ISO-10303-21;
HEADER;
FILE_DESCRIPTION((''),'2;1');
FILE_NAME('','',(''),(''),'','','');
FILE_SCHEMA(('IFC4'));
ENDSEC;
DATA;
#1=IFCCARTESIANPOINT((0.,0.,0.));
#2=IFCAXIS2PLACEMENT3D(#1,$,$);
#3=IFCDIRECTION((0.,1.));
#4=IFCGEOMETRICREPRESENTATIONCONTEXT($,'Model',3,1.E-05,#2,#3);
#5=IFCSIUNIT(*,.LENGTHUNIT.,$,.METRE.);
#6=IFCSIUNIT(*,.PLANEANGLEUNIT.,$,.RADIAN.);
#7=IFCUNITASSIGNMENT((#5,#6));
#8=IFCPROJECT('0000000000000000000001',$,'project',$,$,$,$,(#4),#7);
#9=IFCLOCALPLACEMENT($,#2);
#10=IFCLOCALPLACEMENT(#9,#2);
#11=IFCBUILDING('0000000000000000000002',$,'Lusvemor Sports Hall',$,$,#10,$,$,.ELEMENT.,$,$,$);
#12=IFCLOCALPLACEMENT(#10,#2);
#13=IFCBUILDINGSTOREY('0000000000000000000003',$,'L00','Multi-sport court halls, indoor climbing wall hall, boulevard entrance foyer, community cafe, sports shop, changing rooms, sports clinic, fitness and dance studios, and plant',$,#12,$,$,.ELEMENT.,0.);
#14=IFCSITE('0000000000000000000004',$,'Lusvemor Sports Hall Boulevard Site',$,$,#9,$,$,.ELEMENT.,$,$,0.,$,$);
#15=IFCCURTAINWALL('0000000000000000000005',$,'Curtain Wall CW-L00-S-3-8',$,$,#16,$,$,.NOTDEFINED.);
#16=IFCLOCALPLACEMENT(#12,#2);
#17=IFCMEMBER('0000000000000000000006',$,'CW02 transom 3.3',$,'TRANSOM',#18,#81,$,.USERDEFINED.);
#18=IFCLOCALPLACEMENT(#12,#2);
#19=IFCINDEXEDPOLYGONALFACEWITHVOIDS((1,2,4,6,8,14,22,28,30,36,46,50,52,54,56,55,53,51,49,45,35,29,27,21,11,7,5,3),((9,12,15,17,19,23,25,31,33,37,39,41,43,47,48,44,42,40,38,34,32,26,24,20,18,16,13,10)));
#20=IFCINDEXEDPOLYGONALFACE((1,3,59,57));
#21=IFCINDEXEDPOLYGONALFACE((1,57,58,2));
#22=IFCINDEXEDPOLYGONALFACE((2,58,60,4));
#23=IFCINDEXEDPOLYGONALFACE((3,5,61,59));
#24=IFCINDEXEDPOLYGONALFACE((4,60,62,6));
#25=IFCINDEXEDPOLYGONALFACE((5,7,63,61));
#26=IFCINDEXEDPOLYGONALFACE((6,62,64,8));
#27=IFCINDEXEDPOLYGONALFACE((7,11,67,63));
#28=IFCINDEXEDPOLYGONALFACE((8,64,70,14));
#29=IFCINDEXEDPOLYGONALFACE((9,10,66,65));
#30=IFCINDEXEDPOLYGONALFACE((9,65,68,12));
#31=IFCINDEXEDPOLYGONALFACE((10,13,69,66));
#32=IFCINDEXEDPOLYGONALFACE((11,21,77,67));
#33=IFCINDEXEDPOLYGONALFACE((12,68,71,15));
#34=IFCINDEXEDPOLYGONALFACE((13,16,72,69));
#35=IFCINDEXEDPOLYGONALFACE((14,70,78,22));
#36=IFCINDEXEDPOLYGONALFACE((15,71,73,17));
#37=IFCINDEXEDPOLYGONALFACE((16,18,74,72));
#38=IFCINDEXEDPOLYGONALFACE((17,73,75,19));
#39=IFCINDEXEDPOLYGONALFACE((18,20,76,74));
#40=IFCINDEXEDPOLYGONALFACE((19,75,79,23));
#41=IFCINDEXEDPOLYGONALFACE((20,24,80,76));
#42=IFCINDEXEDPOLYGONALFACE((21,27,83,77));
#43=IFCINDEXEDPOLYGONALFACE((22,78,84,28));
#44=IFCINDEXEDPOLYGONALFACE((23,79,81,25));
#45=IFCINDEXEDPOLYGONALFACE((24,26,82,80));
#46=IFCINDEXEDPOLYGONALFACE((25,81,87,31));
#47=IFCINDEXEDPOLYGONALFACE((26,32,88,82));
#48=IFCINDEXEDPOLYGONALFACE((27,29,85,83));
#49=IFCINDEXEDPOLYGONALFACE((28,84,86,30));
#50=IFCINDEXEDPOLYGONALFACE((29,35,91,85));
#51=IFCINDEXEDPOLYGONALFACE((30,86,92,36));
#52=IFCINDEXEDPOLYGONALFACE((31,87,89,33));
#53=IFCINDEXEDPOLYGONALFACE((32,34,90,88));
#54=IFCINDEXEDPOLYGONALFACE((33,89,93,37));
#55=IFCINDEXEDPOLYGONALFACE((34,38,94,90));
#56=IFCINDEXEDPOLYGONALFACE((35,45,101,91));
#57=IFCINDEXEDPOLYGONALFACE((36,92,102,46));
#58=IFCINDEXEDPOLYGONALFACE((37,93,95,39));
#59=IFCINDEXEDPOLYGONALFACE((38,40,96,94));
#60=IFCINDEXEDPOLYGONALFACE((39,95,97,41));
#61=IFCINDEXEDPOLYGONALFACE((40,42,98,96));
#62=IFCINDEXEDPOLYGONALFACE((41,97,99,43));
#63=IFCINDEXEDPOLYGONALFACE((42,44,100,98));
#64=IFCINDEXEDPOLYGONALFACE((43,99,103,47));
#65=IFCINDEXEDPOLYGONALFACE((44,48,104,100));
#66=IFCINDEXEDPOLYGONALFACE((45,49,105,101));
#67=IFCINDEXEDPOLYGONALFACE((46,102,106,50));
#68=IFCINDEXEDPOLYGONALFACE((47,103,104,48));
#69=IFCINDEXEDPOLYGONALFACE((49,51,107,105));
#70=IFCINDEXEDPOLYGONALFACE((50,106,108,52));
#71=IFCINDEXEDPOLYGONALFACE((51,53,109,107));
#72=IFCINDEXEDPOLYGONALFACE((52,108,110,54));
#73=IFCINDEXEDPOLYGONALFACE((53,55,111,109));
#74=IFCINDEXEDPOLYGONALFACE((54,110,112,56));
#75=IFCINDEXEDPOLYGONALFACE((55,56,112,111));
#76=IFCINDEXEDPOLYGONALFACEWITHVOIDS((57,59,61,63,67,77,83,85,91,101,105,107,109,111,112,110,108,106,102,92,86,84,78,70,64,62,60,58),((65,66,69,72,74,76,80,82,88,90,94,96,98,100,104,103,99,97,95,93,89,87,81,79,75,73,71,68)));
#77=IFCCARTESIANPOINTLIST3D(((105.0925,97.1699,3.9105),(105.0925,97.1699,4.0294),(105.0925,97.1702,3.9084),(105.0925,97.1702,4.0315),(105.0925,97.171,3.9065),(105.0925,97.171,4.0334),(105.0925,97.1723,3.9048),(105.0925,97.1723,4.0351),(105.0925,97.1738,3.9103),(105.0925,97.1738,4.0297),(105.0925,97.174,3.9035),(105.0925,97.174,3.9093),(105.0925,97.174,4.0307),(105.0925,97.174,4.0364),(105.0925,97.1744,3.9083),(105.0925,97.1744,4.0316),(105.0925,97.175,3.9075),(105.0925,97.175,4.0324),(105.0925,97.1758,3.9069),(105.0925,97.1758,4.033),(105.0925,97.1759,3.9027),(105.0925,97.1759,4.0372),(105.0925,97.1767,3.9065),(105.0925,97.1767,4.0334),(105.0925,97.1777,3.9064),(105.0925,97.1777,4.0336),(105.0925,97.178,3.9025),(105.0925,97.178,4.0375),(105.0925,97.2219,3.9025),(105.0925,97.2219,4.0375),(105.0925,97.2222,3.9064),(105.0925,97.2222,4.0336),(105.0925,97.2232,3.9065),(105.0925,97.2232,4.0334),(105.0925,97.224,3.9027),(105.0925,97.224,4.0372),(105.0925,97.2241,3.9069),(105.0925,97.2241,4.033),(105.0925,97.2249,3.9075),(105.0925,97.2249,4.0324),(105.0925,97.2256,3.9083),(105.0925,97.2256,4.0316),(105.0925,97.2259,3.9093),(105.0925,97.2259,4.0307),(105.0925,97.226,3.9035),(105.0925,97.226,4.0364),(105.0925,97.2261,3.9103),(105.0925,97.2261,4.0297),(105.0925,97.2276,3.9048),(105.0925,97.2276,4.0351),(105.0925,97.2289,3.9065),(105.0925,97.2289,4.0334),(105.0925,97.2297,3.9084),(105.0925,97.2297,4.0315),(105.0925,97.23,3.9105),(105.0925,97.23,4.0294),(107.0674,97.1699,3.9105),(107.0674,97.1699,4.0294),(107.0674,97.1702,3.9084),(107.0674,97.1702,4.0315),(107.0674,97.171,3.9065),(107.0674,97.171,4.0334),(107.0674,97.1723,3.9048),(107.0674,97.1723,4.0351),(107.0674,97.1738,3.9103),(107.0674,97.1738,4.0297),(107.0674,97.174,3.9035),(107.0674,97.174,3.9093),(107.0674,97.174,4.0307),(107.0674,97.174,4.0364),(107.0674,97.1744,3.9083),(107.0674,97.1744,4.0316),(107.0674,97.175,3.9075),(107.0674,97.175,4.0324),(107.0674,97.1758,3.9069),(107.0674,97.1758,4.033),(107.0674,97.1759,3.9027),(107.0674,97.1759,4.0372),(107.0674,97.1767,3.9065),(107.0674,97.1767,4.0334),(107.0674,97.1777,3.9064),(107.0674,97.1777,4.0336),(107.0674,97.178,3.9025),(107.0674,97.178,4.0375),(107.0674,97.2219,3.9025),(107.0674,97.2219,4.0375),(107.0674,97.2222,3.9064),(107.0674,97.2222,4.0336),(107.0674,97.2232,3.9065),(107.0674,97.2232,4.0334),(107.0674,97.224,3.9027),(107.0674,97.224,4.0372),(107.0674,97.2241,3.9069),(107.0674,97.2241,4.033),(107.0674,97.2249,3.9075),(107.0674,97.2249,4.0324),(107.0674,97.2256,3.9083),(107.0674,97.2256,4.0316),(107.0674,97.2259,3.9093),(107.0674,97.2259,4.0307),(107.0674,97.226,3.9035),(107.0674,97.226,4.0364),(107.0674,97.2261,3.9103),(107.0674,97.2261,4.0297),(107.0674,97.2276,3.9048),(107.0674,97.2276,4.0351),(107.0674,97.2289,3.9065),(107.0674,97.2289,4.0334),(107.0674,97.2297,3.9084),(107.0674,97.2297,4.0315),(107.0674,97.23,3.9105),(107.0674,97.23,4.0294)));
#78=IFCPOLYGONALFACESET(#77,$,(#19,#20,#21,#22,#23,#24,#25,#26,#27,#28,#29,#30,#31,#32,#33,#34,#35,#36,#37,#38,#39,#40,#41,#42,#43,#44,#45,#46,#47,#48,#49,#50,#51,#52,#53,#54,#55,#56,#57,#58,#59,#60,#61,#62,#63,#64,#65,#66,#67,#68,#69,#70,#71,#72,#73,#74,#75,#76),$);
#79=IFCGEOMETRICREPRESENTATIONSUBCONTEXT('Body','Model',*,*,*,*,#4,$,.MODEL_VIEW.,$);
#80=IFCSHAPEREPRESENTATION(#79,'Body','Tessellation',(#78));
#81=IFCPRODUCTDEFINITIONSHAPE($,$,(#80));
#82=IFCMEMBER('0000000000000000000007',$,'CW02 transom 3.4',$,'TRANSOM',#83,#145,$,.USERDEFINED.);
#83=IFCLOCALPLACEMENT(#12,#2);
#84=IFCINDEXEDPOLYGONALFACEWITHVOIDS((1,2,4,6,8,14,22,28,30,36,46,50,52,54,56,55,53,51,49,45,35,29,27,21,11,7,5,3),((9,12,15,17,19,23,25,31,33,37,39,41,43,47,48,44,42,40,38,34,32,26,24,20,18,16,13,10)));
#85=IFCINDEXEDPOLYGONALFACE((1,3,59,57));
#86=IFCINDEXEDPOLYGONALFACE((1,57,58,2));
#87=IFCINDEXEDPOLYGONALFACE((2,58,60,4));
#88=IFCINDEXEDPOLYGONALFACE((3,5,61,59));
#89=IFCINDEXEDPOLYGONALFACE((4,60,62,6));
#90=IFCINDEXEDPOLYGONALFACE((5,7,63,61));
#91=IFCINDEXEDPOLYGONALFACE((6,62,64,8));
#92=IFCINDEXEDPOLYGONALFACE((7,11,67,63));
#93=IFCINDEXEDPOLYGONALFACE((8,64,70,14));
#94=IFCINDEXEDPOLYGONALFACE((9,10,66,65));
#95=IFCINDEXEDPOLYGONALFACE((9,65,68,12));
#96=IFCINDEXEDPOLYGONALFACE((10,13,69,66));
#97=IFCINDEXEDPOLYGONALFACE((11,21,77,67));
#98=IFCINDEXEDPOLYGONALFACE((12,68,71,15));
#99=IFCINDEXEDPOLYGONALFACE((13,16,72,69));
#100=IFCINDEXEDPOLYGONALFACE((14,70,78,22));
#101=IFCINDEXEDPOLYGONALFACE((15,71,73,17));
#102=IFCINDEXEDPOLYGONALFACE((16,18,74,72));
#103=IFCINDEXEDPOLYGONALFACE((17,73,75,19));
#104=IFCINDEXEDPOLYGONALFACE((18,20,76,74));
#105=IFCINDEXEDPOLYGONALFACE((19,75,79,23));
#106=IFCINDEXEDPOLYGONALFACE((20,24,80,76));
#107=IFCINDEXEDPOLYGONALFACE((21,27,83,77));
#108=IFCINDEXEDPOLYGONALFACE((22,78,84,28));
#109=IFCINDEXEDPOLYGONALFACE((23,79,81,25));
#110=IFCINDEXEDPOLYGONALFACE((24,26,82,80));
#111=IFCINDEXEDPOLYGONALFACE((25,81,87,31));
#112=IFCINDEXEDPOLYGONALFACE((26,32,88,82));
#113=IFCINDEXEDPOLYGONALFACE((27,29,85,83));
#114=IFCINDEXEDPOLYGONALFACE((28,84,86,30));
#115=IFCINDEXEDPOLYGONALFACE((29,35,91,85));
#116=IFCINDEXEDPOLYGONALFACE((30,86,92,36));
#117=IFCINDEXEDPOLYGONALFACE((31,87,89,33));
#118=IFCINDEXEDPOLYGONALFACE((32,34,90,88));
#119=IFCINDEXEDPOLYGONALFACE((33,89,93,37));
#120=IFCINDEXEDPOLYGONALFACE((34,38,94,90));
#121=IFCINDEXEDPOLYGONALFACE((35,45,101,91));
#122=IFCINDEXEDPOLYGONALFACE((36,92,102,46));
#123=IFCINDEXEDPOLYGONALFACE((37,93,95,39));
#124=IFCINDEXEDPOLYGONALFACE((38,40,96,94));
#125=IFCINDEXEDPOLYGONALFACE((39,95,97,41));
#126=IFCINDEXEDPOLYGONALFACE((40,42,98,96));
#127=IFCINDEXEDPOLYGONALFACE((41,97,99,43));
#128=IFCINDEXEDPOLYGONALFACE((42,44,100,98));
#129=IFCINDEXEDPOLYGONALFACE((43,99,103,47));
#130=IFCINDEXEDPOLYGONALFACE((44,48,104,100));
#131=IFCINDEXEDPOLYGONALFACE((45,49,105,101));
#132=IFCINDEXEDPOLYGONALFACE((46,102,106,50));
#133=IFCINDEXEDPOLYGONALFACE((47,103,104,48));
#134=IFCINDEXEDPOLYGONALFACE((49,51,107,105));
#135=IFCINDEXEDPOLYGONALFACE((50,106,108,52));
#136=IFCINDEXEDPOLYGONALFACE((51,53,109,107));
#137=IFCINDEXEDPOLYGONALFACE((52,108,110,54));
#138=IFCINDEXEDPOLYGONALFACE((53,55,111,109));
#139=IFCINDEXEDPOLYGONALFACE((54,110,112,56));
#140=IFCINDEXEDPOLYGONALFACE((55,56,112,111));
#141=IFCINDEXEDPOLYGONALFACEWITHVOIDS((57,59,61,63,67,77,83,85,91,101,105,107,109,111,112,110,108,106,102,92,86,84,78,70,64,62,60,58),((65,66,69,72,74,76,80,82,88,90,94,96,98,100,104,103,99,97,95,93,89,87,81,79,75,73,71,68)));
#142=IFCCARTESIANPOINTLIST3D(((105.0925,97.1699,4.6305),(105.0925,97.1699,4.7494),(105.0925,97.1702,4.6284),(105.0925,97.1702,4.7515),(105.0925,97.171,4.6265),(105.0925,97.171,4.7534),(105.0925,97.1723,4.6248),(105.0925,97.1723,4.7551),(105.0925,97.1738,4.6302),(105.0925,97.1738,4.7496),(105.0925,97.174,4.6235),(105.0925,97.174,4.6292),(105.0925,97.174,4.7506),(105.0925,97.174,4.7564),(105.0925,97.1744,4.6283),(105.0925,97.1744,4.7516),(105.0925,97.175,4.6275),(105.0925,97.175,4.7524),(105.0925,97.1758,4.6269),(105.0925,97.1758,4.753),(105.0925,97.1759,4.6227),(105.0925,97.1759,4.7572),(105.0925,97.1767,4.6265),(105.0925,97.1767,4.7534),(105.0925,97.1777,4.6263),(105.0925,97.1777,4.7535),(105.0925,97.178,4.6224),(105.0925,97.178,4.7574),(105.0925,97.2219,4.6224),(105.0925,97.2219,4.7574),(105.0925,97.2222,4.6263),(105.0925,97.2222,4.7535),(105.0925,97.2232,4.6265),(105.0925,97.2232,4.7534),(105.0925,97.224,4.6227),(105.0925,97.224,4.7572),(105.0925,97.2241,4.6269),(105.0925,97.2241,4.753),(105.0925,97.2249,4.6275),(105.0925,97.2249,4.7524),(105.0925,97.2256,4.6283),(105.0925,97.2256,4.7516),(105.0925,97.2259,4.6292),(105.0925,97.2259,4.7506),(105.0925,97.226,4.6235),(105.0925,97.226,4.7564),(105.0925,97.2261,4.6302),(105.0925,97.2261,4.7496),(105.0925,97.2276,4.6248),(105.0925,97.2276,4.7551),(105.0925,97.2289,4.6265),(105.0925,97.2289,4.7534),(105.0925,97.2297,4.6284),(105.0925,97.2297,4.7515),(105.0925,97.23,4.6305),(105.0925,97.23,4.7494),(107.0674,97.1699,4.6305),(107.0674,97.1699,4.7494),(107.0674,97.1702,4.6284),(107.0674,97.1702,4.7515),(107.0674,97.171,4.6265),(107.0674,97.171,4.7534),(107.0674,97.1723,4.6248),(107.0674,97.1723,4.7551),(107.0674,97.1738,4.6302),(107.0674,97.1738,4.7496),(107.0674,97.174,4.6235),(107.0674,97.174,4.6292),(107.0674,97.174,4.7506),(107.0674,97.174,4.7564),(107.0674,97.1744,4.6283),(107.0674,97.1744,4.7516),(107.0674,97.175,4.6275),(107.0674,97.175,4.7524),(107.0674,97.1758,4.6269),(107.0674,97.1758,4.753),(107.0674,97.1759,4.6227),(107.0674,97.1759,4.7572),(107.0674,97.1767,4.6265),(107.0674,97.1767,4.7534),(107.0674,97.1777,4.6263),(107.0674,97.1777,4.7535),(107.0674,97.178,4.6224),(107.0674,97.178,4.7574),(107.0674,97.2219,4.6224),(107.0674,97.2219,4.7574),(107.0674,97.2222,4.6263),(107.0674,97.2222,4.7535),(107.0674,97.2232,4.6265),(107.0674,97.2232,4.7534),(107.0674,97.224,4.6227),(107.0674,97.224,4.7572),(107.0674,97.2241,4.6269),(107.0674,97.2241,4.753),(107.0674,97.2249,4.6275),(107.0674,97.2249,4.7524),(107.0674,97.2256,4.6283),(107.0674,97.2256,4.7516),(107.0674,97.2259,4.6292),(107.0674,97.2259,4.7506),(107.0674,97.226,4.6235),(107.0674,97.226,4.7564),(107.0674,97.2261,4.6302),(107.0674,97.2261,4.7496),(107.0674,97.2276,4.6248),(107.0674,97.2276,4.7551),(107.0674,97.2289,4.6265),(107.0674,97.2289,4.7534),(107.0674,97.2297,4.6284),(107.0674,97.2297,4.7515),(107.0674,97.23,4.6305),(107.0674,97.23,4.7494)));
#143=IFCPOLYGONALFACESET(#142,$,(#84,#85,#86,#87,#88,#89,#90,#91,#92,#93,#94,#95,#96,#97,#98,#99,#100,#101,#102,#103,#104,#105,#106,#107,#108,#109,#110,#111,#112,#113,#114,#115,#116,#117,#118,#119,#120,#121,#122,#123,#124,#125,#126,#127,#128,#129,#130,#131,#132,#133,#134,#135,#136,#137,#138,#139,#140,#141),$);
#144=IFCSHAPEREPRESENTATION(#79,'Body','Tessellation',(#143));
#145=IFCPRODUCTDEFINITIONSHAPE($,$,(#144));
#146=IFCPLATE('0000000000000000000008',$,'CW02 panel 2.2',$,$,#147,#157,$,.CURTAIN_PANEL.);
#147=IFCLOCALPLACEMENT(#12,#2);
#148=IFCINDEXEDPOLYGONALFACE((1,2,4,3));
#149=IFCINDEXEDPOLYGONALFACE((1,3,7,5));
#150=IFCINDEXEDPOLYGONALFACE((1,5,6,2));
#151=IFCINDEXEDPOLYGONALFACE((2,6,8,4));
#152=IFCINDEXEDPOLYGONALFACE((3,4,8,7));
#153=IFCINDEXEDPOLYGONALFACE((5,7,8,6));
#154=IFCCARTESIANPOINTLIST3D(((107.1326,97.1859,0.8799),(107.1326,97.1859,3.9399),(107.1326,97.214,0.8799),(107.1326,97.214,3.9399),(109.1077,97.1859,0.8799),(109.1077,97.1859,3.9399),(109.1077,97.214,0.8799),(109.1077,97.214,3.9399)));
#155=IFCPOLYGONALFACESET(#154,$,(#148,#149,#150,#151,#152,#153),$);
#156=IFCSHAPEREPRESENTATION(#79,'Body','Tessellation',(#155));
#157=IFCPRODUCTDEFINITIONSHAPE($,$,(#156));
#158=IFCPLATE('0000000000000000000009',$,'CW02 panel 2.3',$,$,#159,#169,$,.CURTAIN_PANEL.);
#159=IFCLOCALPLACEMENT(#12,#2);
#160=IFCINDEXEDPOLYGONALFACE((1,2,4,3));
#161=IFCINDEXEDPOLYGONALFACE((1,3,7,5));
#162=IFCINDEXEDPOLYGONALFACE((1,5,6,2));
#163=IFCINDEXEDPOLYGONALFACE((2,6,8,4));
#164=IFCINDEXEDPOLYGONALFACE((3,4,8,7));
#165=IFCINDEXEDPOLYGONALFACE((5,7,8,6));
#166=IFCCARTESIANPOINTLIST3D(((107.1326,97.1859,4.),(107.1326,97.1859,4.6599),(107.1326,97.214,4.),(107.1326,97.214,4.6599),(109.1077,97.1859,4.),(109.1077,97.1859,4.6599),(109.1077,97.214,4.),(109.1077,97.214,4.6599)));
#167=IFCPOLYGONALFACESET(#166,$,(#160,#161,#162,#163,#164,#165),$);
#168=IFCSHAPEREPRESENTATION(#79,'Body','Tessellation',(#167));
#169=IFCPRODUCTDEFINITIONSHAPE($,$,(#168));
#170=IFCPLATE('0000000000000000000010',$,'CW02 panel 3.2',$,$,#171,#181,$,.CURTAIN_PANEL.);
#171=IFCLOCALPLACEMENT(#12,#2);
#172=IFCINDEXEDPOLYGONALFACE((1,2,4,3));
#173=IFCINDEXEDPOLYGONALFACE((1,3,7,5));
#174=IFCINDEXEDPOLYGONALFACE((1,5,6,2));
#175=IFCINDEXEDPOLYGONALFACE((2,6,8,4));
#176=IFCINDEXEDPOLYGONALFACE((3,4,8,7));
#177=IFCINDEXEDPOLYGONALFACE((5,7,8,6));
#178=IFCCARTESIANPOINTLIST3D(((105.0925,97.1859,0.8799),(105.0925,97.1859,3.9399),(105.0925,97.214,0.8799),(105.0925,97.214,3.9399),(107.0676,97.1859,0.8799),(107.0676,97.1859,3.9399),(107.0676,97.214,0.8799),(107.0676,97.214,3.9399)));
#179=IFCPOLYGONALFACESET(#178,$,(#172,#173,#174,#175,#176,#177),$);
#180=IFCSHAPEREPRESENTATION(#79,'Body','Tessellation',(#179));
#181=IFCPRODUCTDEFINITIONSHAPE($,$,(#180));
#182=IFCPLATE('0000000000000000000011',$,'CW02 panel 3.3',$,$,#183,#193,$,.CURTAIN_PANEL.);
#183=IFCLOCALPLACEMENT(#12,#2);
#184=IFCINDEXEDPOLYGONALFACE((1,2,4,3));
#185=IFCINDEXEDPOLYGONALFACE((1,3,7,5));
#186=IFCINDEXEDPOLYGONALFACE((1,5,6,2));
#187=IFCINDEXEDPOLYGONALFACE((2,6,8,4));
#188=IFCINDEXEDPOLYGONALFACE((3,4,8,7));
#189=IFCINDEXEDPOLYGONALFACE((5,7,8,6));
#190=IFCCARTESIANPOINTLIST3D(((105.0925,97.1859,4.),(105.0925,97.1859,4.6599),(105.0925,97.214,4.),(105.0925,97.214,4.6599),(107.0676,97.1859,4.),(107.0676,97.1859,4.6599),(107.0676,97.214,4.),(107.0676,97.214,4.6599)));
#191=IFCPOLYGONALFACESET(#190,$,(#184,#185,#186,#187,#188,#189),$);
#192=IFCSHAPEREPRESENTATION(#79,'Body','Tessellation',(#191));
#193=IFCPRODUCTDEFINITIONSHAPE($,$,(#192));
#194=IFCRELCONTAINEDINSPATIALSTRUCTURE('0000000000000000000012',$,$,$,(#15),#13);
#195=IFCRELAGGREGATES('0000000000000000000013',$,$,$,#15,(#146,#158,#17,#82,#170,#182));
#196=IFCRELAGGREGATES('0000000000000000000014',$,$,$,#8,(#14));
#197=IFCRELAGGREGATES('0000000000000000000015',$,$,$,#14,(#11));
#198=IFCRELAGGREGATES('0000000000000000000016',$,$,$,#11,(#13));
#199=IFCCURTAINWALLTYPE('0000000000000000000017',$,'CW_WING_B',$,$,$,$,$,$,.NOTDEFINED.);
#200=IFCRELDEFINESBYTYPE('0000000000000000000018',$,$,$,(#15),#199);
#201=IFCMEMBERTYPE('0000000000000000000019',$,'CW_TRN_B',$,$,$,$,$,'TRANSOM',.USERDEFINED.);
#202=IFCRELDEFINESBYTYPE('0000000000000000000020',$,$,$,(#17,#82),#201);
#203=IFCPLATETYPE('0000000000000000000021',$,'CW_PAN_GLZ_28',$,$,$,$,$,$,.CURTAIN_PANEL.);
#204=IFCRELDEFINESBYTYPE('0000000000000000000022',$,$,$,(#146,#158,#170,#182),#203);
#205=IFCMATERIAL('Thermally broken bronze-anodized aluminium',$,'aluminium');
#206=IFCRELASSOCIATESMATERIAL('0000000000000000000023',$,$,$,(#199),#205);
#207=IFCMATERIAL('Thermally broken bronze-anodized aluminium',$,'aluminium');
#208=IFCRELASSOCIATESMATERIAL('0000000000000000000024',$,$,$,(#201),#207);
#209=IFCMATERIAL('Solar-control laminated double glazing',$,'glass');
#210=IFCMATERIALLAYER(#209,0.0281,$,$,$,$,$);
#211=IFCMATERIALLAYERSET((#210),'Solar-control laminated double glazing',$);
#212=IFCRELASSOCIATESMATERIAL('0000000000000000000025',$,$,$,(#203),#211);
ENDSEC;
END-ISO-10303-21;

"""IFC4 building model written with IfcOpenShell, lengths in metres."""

from ifc_helpers import new_model, si_unit, direction, frame, origin, origin_2d, place, context, subcontext, project, spatial, rectangle, hollow_rectangle, extrude, material, layer, layer_set, material_profile, profile_set, type_object, element, aggregate, save


model = new_model("IFC4")

# Units and contexts
model_context = context("Model", 3, precision=1e-05, world=origin(), true_north=direction((0.0, 1.0)))
body_context = subcontext(model_context, "Body", "Model", "MODEL_VIEW")
ifc_project = project(units=[si_unit("LENGTHUNIT", "METRE"), si_unit("PLANEANGLEUNIT", "RADIAN")], contexts=[model_context])

# Site, building, storey
site_placement = place(None, origin())
site = spatial("IfcSite", under=ifc_project, at=site_placement, Name="Lusvemor Sports Hall Boulevard Site", CompositionType="ELEMENT", RefElevation=0.0)
building_placement = place(site_placement, origin())
building = spatial("IfcBuilding", under=site, at=building_placement, Name="Lusvemor Sports Hall", CompositionType="ELEMENT")
storey_placement = place(building_placement, origin())
storey = spatial("IfcBuildingStorey", under=building, at=storey_placement, Name="L00", Description="Multi-sport court halls, indoor climbing wall hall, boulevard entrance foyer, community cafe, sports shop, changing rooms, sports clinic, fitness and dance studios, and plant", CompositionType="ELEMENT", Elevation=0.0)

# Curtain wall, members, plates
ifc_material_1 = material(Name="Thermally broken bronze-anodized aluminium", Category="aluminium")
curtain_wall_type = type_object("IfcCurtainWallType", Name="CW_WING_B", PredefinedType="NOTDEFINED", material=ifc_material_1)
curtain_wall_placement = place(storey_placement, origin())
curtain_wall = element("IfcCurtainWall", 1, at=curtain_wall_placement, inside=storey, type_object=curtain_wall_type, Name="Curtain Wall CW-L00-S-3-8", PredefinedType="NOTDEFINED")
ifc_material_2 = material(Name="Thermally broken bronze-anodized aluminium", Category="aluminium")
ifc_material_profile_1 = material_profile(ifc_material_2, hollow_rectangle(XDim=0.0601, YDim=0.135, WallThickness=0.0039, InnerFilletRadius=0.0039, OuterFilletRadius=0.0081, at=origin_2d()), Name="CWTRN135x60x4")
ifc_profile_set_1 = profile_set([ifc_material_profile_1], Name="Thermally broken bronze-anodized aluminium")
member_type_1 = type_object("IfcMemberType", Name="CW_TRN_B", ElementType="TRANSOM", PredefinedType="USERDEFINED", material=ifc_profile_set_1)
member_1_placement = place(storey_placement, frame((107.0674, 97.2, 3.97), z_axis=(-1.0, 0.0, 0.0), x_axis=(0.0, -1.0, 0.0)))
member_1 = element("IfcMember", 2, at=member_1_placement, type_object=member_type_1, Name="CW02 transom 3.3", ObjectType="TRANSOM", PredefinedType="USERDEFINED", context=body_context, shape_type="SweptSolid", body=[
    extrude(hollow_rectangle(XDim=0.0601, YDim=0.135, WallThickness=0.0039, InnerFilletRadius=0.0039, OuterFilletRadius=0.0081, at=origin_2d()), origin(), (0.0, 0.0, 1.0), 1.9749),
])
member_2_placement = place(storey_placement, frame((107.0674, 97.2, 4.6899), z_axis=(-1.0, 0.0, 0.0), x_axis=(0.0, -1.0, 0.0)))
member_2 = element("IfcMember", 3, at=member_2_placement, type_object=member_type_1, Name="CW02 transom 3.4", ObjectType="TRANSOM", PredefinedType="USERDEFINED", context=body_context, shape_type="SweptSolid", body=[
    extrude(hollow_rectangle(XDim=0.0601, YDim=0.135, WallThickness=0.0039, InnerFilletRadius=0.0039, OuterFilletRadius=0.0081, at=origin_2d()), origin(), (0.0, 0.0, 1.0), 1.9749),
])
ifc_material_3 = material(Name="Solar-control laminated double glazing", Category="glass")
ifc_layer_1 = layer(ifc_material_3, 0.0281)
ifc_layer_set_1 = layer_set([ifc_layer_1], Name="Solar-control laminated double glazing")
plate_type_1 = type_object("IfcPlateType", Name="CW_PAN_GLZ_28", PredefinedType="CURTAIN_PANEL", material=ifc_layer_set_1)
plate_1_placement = place(storey_placement, frame((108.1201, 97.2, 0.8799), z_axis=(0.0, 0.0, 1.0), x_axis=(-1.0, 0.0, 0.0)))
plate_1 = element("IfcPlate", 4, at=plate_1_placement, type_object=plate_type_1, Name="CW02 panel 2.2", PredefinedType="CURTAIN_PANEL", context=body_context, shape_type="SweptSolid", body=[
    extrude(rectangle(XDim=1.9751, YDim=0.0281, at=origin_2d()), origin(), (0.0, 0.0, 1.0), 3.0601),
])
plate_2_placement = place(storey_placement, frame((108.1201, 97.2, 4.0), z_axis=(0.0, 0.0, 1.0), x_axis=(-1.0, 0.0, 0.0)))
plate_2 = element("IfcPlate", 5, at=plate_2_placement, type_object=plate_type_1, Name="CW02 panel 2.3", PredefinedType="CURTAIN_PANEL", context=body_context, shape_type="SweptSolid", body=[
    extrude(rectangle(XDim=1.9751, YDim=0.0281, at=origin_2d()), origin(), (0.0, 0.0, 1.0), 0.6599),
])
plate_3_placement = place(storey_placement, frame((106.0801, 97.2, 0.8799), z_axis=(0.0, 0.0, 1.0), x_axis=(-1.0, 0.0, 0.0)))
plate_3 = element("IfcPlate", 6, at=plate_3_placement, type_object=plate_type_1, Name="CW02 panel 3.2", PredefinedType="CURTAIN_PANEL", context=body_context, shape_type="SweptSolid", body=[
    extrude(rectangle(XDim=1.9751, YDim=0.0281, at=origin_2d()), origin(), (0.0, 0.0, 1.0), 3.0601),
])
plate_4_placement = place(storey_placement, frame((106.0801, 97.2, 4.0), z_axis=(0.0, 0.0, 1.0), x_axis=(-1.0, 0.0, 0.0)))
plate_4 = element("IfcPlate", 7, at=plate_4_placement, type_object=plate_type_1, Name="CW02 panel 3.3", PredefinedType="CURTAIN_PANEL", context=body_context, shape_type="SweptSolid", body=[
    extrude(rectangle(XDim=1.9751, YDim=0.0281, at=origin_2d()), origin(), (0.0, 0.0, 1.0), 0.6599),
])
aggregate(curtain_wall, [plate_1, plate_2, member_1, member_2, plate_3, plate_4])

save(model, "model.ifc")
